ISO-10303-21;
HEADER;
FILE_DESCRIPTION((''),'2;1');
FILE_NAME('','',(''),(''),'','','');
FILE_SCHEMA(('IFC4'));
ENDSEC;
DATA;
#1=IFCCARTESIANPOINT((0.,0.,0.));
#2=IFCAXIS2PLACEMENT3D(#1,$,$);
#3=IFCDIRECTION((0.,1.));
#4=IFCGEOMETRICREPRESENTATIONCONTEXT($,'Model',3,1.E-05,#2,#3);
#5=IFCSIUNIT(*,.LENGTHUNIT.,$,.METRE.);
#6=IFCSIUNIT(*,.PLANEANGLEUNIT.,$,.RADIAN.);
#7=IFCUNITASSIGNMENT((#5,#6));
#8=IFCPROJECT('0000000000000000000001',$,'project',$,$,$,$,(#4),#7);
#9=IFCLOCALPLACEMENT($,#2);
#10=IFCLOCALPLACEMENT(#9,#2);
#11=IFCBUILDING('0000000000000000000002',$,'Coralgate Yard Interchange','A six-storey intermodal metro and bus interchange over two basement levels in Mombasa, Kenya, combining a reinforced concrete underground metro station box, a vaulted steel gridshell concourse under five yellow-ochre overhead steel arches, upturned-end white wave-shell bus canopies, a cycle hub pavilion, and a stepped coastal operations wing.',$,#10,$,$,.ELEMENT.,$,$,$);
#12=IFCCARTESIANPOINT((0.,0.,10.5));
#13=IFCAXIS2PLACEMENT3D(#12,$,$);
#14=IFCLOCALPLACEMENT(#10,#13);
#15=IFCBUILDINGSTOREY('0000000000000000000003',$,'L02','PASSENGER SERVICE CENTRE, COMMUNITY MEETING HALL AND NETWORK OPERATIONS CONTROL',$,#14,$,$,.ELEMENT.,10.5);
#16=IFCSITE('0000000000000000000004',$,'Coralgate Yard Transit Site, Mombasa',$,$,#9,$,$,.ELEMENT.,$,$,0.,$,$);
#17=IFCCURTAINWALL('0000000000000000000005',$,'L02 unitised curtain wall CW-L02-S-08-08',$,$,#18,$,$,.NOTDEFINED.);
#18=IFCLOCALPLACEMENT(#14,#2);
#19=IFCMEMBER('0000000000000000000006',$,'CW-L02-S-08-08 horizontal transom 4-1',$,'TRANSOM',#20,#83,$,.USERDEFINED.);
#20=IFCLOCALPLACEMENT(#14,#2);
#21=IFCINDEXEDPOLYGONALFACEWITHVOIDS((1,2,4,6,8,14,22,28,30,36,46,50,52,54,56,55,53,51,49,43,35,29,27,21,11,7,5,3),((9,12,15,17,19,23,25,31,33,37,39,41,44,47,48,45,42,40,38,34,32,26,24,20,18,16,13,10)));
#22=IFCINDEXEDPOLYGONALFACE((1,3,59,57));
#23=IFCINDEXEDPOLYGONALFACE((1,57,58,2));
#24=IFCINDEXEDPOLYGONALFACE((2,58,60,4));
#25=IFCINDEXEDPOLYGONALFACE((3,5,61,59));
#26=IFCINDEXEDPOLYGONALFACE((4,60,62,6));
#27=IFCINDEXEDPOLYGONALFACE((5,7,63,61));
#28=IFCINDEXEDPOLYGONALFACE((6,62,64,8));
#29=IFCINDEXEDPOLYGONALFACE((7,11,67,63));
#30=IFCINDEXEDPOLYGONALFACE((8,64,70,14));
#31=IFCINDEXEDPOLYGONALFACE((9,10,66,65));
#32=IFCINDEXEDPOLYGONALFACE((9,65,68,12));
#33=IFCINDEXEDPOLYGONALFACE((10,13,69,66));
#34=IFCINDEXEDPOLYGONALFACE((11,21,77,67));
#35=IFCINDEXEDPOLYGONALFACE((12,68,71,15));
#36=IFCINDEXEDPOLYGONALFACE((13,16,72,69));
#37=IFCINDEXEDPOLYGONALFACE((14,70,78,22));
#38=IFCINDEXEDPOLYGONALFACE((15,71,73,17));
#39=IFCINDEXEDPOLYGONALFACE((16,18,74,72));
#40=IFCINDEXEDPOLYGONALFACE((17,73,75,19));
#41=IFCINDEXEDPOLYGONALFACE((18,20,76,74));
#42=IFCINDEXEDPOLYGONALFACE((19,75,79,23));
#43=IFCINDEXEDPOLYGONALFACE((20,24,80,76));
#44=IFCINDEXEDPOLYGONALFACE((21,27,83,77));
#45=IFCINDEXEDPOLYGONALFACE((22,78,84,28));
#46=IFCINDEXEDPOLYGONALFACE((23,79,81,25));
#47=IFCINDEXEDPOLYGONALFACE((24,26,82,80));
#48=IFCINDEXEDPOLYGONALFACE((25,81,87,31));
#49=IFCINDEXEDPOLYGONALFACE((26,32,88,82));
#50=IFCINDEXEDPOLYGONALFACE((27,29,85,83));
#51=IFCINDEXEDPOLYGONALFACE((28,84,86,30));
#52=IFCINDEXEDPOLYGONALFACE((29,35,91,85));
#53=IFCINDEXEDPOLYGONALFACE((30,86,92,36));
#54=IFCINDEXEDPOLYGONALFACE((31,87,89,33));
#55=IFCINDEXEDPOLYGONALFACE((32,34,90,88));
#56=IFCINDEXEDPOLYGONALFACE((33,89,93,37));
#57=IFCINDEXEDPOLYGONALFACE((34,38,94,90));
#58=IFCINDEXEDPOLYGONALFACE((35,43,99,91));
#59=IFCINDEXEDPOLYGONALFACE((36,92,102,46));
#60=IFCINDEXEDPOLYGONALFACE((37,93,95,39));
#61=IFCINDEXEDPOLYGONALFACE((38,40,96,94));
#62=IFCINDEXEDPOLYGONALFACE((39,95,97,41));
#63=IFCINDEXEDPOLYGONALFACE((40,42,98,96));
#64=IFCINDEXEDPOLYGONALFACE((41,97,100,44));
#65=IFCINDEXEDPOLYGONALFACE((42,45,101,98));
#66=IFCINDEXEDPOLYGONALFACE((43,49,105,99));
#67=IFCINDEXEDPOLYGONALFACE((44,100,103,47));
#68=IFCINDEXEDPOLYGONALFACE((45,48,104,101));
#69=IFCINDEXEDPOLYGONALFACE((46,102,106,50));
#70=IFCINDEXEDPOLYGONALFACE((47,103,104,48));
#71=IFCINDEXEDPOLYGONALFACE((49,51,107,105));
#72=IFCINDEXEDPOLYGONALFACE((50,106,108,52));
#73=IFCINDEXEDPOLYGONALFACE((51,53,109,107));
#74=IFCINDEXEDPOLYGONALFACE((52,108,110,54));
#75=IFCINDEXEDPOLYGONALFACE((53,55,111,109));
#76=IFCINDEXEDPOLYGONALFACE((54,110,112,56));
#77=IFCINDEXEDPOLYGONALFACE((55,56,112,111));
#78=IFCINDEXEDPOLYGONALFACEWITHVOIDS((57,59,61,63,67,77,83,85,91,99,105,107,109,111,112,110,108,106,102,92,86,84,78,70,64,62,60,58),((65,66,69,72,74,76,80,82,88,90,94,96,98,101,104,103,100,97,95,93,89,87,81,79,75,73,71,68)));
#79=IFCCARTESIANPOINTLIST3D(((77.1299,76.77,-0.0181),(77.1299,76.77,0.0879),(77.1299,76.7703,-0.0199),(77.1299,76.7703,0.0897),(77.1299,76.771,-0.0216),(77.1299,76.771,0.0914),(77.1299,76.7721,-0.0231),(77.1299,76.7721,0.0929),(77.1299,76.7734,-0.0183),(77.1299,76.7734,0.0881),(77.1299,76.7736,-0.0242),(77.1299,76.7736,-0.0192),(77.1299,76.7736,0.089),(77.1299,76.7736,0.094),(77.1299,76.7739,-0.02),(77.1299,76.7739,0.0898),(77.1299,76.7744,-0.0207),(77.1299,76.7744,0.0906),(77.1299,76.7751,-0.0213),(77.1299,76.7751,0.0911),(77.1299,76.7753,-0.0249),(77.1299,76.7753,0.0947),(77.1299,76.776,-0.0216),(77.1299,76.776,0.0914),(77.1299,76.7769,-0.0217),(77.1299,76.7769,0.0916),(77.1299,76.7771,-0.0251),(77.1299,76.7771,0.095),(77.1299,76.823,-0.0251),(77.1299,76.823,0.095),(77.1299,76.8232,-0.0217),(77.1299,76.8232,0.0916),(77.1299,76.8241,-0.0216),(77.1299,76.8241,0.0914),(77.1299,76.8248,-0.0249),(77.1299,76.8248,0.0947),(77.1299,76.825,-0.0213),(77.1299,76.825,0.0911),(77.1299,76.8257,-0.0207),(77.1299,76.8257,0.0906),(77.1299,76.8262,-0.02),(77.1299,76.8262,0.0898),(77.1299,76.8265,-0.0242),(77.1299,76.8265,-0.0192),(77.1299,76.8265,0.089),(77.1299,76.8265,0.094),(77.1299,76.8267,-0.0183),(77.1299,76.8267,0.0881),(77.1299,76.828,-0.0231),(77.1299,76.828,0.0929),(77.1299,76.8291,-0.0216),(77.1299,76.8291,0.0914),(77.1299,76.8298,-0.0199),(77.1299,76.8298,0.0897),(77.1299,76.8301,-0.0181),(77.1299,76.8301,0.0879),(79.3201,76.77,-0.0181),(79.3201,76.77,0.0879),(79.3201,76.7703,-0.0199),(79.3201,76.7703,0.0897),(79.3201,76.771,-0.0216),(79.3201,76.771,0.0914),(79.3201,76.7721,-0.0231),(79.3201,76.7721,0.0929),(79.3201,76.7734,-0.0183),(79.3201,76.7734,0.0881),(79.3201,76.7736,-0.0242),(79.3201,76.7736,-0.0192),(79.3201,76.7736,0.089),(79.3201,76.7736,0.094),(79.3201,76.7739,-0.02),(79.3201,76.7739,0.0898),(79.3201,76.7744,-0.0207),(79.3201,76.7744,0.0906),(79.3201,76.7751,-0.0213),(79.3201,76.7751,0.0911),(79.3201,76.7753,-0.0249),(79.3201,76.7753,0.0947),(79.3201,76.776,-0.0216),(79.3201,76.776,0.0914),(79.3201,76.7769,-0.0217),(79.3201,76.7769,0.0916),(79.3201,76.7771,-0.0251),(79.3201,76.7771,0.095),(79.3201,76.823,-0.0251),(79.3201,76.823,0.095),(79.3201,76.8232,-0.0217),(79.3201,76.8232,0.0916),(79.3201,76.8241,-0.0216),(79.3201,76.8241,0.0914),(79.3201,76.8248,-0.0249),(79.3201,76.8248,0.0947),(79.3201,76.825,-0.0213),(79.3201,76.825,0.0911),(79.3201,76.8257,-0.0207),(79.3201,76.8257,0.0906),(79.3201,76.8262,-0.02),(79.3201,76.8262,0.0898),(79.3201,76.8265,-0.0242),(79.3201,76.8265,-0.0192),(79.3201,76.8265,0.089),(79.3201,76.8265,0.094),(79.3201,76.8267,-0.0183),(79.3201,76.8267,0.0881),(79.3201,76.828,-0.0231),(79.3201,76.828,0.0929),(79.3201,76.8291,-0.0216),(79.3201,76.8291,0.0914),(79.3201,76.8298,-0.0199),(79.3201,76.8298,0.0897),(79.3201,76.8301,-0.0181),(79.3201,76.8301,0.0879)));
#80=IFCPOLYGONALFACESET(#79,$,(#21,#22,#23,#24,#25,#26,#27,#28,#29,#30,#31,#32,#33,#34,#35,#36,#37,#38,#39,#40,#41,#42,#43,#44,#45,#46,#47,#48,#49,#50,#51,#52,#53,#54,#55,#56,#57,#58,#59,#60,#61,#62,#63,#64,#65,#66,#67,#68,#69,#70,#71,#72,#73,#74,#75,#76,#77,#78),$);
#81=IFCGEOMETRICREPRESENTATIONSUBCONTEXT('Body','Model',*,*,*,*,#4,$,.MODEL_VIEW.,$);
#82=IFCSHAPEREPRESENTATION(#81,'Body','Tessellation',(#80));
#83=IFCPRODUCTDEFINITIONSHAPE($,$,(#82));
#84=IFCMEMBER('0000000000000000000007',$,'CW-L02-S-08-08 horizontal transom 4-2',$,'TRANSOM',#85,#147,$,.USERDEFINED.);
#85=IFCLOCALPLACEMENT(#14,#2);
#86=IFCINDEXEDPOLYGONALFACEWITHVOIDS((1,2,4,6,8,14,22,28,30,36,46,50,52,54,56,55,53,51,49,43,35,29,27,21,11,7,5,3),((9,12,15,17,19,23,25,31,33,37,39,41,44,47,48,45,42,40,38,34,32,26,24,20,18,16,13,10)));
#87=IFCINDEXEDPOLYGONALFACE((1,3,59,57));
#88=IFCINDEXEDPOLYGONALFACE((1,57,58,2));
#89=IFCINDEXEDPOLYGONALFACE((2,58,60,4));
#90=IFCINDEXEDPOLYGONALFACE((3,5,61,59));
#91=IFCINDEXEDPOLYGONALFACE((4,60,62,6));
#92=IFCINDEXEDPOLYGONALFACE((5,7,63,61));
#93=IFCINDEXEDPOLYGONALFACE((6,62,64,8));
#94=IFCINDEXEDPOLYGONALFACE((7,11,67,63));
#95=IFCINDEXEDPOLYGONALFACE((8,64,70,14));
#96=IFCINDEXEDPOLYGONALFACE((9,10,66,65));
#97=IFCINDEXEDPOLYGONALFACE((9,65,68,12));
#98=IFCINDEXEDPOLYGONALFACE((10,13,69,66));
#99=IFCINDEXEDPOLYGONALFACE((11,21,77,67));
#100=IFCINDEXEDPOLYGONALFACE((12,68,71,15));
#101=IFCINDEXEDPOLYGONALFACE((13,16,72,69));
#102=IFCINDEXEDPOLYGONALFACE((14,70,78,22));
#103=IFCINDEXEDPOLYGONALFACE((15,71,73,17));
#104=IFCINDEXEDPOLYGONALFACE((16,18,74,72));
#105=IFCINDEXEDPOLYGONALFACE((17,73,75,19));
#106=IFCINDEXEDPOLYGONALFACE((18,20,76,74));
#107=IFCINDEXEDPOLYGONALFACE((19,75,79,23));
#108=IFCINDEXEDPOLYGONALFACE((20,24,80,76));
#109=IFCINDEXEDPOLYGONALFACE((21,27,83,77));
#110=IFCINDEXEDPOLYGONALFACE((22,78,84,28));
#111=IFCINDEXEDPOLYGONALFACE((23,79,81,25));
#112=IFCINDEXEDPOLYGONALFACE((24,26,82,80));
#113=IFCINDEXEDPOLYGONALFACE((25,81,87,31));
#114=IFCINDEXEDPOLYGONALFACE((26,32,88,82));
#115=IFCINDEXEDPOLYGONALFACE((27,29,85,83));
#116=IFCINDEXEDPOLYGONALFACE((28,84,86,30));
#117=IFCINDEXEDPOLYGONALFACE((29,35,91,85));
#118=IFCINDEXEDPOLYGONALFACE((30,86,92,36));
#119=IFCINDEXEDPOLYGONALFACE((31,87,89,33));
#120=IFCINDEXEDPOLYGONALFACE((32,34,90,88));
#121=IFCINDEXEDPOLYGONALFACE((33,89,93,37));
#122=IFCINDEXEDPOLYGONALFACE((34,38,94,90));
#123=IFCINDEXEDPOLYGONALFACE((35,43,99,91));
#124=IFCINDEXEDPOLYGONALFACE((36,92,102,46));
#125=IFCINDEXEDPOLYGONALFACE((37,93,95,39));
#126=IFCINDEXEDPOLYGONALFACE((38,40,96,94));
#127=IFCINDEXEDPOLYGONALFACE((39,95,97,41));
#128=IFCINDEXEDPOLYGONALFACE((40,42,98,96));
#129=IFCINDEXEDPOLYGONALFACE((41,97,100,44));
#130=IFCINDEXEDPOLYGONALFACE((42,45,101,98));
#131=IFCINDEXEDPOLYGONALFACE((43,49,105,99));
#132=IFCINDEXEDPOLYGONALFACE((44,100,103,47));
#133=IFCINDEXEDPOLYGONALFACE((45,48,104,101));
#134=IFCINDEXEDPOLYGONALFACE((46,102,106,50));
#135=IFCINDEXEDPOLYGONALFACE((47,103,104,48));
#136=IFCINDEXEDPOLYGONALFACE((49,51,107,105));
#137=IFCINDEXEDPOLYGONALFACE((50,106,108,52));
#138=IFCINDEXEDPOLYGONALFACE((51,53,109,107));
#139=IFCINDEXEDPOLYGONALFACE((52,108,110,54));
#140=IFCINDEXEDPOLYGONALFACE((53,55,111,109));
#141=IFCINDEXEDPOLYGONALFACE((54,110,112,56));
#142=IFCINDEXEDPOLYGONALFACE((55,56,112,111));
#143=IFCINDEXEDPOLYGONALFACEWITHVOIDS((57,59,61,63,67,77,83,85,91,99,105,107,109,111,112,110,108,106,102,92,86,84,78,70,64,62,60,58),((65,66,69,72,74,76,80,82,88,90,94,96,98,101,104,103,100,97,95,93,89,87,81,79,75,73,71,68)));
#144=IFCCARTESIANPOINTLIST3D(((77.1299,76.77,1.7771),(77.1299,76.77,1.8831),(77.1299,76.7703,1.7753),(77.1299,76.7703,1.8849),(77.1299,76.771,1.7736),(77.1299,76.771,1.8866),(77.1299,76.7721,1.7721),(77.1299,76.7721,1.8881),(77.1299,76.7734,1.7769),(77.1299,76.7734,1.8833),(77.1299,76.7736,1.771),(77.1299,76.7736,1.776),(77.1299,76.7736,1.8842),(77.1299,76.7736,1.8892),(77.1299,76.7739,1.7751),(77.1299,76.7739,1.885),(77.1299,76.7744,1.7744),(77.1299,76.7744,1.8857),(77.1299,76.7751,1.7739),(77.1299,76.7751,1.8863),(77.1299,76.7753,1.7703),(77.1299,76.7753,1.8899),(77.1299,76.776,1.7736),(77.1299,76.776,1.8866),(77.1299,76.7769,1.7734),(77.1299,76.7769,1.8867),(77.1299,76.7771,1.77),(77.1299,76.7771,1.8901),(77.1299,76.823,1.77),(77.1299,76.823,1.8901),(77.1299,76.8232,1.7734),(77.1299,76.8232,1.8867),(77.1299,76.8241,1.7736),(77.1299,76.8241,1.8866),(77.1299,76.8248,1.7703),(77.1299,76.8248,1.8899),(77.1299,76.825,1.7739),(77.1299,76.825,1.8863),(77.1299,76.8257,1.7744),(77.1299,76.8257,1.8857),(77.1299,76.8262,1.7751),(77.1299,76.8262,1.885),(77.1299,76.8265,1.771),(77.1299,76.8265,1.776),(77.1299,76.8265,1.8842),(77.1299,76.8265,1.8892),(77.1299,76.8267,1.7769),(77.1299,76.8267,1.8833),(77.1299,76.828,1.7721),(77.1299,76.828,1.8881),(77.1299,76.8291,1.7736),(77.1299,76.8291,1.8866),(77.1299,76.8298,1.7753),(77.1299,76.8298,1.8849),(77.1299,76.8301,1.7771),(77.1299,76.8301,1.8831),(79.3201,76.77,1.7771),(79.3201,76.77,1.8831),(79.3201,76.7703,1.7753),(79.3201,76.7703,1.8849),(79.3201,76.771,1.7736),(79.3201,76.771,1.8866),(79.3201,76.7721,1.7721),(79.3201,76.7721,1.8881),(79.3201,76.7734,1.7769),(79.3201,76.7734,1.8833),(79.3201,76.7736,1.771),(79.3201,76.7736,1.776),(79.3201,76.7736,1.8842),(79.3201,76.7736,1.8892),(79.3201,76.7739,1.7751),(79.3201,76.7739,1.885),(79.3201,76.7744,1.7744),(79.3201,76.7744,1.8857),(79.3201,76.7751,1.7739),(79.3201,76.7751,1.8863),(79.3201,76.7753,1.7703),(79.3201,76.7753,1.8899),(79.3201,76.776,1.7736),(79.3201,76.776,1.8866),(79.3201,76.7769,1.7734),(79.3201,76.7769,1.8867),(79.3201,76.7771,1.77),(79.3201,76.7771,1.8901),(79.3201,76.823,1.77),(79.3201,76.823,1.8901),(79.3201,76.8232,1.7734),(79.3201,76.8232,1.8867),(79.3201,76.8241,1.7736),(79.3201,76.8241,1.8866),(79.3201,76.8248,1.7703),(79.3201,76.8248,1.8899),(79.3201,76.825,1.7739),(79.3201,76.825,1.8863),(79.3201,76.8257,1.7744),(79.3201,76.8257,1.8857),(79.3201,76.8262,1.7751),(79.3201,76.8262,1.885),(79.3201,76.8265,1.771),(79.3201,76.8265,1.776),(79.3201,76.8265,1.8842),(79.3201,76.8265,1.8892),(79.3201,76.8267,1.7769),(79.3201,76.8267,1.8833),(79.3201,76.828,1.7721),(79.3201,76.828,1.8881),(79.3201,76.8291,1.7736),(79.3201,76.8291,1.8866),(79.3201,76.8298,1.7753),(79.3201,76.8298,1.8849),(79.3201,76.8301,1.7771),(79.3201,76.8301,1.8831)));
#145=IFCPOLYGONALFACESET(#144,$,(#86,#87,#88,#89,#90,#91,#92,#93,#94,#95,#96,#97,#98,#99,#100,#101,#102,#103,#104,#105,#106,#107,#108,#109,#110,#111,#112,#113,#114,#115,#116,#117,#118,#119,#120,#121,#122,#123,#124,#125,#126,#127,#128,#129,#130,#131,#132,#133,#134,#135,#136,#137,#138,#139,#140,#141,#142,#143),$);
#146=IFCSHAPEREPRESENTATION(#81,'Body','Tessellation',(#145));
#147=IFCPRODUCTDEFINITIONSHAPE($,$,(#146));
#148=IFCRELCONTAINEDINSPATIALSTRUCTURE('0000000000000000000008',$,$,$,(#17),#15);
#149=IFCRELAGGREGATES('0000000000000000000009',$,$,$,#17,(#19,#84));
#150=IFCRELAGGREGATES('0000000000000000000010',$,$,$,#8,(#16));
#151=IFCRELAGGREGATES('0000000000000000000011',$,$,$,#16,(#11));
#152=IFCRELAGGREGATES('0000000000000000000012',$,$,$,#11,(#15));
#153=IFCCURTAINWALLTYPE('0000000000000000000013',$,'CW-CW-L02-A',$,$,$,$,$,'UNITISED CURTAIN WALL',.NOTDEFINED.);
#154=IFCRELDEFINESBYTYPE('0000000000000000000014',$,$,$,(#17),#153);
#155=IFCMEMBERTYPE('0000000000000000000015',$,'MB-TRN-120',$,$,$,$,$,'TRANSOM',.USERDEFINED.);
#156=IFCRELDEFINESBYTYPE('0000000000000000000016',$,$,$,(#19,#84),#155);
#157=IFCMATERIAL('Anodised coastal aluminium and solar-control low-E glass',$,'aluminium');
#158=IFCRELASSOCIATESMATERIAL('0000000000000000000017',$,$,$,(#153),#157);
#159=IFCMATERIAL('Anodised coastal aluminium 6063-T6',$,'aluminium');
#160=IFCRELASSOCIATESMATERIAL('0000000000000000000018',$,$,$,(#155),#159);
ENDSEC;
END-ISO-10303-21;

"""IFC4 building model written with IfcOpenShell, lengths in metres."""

from ifc_helpers import new_model, si_unit, direction, frame, origin, origin_2d, place, context, subcontext, project, spatial, hollow_rectangle, extrude, material, material_profile, profile_set, type_object, element, aggregate, save


model = new_model("IFC4")

# Units and contexts
model_context = context("Model", 3, precision=1e-05, world=origin(), true_north=direction((0.0, 1.0)))
body_context = subcontext(model_context, "Body", "Model", "MODEL_VIEW")
ifc_project = project(units=[si_unit("LENGTHUNIT", "METRE"), si_unit("PLANEANGLEUNIT", "RADIAN")], contexts=[model_context])

# Site, building, storey
site_placement = place(None, origin())
site = spatial("IfcSite", under=ifc_project, at=site_placement, Name="Coralgate Yard Transit Site, Mombasa", CompositionType="ELEMENT", RefElevation=0.0)
building_placement = place(site_placement, origin())
building = spatial("IfcBuilding", under=site, at=building_placement, Name="Coralgate Yard Interchange", Description="A six-storey intermodal metro and bus interchange over two basement levels in Mombasa, Kenya, combining a reinforced concrete underground metro station box, a vaulted steel gridshell concourse under five yellow-ochre overhead steel arches, upturned-end white wave-shell bus canopies, a cycle hub pavilion, and a stepped coastal operations wing.", CompositionType="ELEMENT")
storey_placement = place(building_placement, frame((0.0, 0.0, 10.5)))
storey = spatial("IfcBuildingStorey", under=building, at=storey_placement, Name="L02", Description="PASSENGER SERVICE CENTRE, COMMUNITY MEETING HALL AND NETWORK OPERATIONS CONTROL", CompositionType="ELEMENT", Elevation=10.5)

# Curtain wall
ifc_material_1 = material(Name="Anodised coastal aluminium and solar-control low-E glass", Category="aluminium")
curtain_wall_type = type_object("IfcCurtainWallType", Name="CW-CW-L02-A", ElementType="UNITISED CURTAIN WALL", PredefinedType="NOTDEFINED", material=ifc_material_1)
ifc_material_2 = material(Name="Anodised coastal aluminium 6063-T6", Category="aluminium")
curtain_wall_1_placement = place(storey_placement, origin())
curtain_wall_1 = element("IfcCurtainWall", 1, at=curtain_wall_1_placement, inside=storey, type_object=curtain_wall_type, Name="L02 unitised curtain wall CW-L02-S-08-08", PredefinedType="NOTDEFINED")

# Members
ifc_material_profile_1 = material_profile(ifc_material_2, hollow_rectangle(XDim=0.0601, YDim=0.1201, WallThickness=0.0034, InnerFilletRadius=0.0034, OuterFilletRadius=0.0071, at=origin_2d()), Name="ALU 60x120x3.5")
ifc_profile_set_1 = profile_set([ifc_material_profile_1], Name="Anodised coastal aluminium 6063-T6")
member_type_1 = type_object("IfcMemberType", Name="MB-TRN-120", ElementType="TRANSOM", PredefinedType="USERDEFINED", material=ifc_profile_set_1)
member_1_placement = place(storey_placement, frame((79.3201, 76.8, 0.0349), z_axis=(-1.0, 0.0, 0.0), x_axis=(0.0, -1.0, 0.0)))
member_1 = element("IfcMember", 2, at=member_1_placement, type_object=member_type_1, Name="CW-L02-S-08-08 horizontal transom 4-1", ObjectType="TRANSOM", PredefinedType="USERDEFINED", context=body_context, shape_type="SweptSolid", body=[
    extrude(hollow_rectangle(XDim=0.0601, YDim=0.1201, WallThickness=0.0034, InnerFilletRadius=0.0034, OuterFilletRadius=0.0071, at=origin_2d()), origin(), (0.0, 0.0, 1.0), 2.1902),
])
member_2_placement = place(storey_placement, frame((79.3201, 76.8, 1.8301), z_axis=(-1.0, 0.0, 0.0), x_axis=(0.0, -1.0, 0.0)))
member_2 = element("IfcMember", 3, at=member_2_placement, type_object=member_type_1, Name="CW-L02-S-08-08 horizontal transom 4-2", ObjectType="TRANSOM", PredefinedType="USERDEFINED", context=body_context, shape_type="SweptSolid", body=[
    extrude(hollow_rectangle(XDim=0.0601, YDim=0.1201, WallThickness=0.0034, InnerFilletRadius=0.0034, OuterFilletRadius=0.0071, at=origin_2d()), origin(), (0.0, 0.0, 1.0), 2.1902),
])

aggregate(curtain_wall_1, [member_1, member_2])

save(model, "model.ifc")
